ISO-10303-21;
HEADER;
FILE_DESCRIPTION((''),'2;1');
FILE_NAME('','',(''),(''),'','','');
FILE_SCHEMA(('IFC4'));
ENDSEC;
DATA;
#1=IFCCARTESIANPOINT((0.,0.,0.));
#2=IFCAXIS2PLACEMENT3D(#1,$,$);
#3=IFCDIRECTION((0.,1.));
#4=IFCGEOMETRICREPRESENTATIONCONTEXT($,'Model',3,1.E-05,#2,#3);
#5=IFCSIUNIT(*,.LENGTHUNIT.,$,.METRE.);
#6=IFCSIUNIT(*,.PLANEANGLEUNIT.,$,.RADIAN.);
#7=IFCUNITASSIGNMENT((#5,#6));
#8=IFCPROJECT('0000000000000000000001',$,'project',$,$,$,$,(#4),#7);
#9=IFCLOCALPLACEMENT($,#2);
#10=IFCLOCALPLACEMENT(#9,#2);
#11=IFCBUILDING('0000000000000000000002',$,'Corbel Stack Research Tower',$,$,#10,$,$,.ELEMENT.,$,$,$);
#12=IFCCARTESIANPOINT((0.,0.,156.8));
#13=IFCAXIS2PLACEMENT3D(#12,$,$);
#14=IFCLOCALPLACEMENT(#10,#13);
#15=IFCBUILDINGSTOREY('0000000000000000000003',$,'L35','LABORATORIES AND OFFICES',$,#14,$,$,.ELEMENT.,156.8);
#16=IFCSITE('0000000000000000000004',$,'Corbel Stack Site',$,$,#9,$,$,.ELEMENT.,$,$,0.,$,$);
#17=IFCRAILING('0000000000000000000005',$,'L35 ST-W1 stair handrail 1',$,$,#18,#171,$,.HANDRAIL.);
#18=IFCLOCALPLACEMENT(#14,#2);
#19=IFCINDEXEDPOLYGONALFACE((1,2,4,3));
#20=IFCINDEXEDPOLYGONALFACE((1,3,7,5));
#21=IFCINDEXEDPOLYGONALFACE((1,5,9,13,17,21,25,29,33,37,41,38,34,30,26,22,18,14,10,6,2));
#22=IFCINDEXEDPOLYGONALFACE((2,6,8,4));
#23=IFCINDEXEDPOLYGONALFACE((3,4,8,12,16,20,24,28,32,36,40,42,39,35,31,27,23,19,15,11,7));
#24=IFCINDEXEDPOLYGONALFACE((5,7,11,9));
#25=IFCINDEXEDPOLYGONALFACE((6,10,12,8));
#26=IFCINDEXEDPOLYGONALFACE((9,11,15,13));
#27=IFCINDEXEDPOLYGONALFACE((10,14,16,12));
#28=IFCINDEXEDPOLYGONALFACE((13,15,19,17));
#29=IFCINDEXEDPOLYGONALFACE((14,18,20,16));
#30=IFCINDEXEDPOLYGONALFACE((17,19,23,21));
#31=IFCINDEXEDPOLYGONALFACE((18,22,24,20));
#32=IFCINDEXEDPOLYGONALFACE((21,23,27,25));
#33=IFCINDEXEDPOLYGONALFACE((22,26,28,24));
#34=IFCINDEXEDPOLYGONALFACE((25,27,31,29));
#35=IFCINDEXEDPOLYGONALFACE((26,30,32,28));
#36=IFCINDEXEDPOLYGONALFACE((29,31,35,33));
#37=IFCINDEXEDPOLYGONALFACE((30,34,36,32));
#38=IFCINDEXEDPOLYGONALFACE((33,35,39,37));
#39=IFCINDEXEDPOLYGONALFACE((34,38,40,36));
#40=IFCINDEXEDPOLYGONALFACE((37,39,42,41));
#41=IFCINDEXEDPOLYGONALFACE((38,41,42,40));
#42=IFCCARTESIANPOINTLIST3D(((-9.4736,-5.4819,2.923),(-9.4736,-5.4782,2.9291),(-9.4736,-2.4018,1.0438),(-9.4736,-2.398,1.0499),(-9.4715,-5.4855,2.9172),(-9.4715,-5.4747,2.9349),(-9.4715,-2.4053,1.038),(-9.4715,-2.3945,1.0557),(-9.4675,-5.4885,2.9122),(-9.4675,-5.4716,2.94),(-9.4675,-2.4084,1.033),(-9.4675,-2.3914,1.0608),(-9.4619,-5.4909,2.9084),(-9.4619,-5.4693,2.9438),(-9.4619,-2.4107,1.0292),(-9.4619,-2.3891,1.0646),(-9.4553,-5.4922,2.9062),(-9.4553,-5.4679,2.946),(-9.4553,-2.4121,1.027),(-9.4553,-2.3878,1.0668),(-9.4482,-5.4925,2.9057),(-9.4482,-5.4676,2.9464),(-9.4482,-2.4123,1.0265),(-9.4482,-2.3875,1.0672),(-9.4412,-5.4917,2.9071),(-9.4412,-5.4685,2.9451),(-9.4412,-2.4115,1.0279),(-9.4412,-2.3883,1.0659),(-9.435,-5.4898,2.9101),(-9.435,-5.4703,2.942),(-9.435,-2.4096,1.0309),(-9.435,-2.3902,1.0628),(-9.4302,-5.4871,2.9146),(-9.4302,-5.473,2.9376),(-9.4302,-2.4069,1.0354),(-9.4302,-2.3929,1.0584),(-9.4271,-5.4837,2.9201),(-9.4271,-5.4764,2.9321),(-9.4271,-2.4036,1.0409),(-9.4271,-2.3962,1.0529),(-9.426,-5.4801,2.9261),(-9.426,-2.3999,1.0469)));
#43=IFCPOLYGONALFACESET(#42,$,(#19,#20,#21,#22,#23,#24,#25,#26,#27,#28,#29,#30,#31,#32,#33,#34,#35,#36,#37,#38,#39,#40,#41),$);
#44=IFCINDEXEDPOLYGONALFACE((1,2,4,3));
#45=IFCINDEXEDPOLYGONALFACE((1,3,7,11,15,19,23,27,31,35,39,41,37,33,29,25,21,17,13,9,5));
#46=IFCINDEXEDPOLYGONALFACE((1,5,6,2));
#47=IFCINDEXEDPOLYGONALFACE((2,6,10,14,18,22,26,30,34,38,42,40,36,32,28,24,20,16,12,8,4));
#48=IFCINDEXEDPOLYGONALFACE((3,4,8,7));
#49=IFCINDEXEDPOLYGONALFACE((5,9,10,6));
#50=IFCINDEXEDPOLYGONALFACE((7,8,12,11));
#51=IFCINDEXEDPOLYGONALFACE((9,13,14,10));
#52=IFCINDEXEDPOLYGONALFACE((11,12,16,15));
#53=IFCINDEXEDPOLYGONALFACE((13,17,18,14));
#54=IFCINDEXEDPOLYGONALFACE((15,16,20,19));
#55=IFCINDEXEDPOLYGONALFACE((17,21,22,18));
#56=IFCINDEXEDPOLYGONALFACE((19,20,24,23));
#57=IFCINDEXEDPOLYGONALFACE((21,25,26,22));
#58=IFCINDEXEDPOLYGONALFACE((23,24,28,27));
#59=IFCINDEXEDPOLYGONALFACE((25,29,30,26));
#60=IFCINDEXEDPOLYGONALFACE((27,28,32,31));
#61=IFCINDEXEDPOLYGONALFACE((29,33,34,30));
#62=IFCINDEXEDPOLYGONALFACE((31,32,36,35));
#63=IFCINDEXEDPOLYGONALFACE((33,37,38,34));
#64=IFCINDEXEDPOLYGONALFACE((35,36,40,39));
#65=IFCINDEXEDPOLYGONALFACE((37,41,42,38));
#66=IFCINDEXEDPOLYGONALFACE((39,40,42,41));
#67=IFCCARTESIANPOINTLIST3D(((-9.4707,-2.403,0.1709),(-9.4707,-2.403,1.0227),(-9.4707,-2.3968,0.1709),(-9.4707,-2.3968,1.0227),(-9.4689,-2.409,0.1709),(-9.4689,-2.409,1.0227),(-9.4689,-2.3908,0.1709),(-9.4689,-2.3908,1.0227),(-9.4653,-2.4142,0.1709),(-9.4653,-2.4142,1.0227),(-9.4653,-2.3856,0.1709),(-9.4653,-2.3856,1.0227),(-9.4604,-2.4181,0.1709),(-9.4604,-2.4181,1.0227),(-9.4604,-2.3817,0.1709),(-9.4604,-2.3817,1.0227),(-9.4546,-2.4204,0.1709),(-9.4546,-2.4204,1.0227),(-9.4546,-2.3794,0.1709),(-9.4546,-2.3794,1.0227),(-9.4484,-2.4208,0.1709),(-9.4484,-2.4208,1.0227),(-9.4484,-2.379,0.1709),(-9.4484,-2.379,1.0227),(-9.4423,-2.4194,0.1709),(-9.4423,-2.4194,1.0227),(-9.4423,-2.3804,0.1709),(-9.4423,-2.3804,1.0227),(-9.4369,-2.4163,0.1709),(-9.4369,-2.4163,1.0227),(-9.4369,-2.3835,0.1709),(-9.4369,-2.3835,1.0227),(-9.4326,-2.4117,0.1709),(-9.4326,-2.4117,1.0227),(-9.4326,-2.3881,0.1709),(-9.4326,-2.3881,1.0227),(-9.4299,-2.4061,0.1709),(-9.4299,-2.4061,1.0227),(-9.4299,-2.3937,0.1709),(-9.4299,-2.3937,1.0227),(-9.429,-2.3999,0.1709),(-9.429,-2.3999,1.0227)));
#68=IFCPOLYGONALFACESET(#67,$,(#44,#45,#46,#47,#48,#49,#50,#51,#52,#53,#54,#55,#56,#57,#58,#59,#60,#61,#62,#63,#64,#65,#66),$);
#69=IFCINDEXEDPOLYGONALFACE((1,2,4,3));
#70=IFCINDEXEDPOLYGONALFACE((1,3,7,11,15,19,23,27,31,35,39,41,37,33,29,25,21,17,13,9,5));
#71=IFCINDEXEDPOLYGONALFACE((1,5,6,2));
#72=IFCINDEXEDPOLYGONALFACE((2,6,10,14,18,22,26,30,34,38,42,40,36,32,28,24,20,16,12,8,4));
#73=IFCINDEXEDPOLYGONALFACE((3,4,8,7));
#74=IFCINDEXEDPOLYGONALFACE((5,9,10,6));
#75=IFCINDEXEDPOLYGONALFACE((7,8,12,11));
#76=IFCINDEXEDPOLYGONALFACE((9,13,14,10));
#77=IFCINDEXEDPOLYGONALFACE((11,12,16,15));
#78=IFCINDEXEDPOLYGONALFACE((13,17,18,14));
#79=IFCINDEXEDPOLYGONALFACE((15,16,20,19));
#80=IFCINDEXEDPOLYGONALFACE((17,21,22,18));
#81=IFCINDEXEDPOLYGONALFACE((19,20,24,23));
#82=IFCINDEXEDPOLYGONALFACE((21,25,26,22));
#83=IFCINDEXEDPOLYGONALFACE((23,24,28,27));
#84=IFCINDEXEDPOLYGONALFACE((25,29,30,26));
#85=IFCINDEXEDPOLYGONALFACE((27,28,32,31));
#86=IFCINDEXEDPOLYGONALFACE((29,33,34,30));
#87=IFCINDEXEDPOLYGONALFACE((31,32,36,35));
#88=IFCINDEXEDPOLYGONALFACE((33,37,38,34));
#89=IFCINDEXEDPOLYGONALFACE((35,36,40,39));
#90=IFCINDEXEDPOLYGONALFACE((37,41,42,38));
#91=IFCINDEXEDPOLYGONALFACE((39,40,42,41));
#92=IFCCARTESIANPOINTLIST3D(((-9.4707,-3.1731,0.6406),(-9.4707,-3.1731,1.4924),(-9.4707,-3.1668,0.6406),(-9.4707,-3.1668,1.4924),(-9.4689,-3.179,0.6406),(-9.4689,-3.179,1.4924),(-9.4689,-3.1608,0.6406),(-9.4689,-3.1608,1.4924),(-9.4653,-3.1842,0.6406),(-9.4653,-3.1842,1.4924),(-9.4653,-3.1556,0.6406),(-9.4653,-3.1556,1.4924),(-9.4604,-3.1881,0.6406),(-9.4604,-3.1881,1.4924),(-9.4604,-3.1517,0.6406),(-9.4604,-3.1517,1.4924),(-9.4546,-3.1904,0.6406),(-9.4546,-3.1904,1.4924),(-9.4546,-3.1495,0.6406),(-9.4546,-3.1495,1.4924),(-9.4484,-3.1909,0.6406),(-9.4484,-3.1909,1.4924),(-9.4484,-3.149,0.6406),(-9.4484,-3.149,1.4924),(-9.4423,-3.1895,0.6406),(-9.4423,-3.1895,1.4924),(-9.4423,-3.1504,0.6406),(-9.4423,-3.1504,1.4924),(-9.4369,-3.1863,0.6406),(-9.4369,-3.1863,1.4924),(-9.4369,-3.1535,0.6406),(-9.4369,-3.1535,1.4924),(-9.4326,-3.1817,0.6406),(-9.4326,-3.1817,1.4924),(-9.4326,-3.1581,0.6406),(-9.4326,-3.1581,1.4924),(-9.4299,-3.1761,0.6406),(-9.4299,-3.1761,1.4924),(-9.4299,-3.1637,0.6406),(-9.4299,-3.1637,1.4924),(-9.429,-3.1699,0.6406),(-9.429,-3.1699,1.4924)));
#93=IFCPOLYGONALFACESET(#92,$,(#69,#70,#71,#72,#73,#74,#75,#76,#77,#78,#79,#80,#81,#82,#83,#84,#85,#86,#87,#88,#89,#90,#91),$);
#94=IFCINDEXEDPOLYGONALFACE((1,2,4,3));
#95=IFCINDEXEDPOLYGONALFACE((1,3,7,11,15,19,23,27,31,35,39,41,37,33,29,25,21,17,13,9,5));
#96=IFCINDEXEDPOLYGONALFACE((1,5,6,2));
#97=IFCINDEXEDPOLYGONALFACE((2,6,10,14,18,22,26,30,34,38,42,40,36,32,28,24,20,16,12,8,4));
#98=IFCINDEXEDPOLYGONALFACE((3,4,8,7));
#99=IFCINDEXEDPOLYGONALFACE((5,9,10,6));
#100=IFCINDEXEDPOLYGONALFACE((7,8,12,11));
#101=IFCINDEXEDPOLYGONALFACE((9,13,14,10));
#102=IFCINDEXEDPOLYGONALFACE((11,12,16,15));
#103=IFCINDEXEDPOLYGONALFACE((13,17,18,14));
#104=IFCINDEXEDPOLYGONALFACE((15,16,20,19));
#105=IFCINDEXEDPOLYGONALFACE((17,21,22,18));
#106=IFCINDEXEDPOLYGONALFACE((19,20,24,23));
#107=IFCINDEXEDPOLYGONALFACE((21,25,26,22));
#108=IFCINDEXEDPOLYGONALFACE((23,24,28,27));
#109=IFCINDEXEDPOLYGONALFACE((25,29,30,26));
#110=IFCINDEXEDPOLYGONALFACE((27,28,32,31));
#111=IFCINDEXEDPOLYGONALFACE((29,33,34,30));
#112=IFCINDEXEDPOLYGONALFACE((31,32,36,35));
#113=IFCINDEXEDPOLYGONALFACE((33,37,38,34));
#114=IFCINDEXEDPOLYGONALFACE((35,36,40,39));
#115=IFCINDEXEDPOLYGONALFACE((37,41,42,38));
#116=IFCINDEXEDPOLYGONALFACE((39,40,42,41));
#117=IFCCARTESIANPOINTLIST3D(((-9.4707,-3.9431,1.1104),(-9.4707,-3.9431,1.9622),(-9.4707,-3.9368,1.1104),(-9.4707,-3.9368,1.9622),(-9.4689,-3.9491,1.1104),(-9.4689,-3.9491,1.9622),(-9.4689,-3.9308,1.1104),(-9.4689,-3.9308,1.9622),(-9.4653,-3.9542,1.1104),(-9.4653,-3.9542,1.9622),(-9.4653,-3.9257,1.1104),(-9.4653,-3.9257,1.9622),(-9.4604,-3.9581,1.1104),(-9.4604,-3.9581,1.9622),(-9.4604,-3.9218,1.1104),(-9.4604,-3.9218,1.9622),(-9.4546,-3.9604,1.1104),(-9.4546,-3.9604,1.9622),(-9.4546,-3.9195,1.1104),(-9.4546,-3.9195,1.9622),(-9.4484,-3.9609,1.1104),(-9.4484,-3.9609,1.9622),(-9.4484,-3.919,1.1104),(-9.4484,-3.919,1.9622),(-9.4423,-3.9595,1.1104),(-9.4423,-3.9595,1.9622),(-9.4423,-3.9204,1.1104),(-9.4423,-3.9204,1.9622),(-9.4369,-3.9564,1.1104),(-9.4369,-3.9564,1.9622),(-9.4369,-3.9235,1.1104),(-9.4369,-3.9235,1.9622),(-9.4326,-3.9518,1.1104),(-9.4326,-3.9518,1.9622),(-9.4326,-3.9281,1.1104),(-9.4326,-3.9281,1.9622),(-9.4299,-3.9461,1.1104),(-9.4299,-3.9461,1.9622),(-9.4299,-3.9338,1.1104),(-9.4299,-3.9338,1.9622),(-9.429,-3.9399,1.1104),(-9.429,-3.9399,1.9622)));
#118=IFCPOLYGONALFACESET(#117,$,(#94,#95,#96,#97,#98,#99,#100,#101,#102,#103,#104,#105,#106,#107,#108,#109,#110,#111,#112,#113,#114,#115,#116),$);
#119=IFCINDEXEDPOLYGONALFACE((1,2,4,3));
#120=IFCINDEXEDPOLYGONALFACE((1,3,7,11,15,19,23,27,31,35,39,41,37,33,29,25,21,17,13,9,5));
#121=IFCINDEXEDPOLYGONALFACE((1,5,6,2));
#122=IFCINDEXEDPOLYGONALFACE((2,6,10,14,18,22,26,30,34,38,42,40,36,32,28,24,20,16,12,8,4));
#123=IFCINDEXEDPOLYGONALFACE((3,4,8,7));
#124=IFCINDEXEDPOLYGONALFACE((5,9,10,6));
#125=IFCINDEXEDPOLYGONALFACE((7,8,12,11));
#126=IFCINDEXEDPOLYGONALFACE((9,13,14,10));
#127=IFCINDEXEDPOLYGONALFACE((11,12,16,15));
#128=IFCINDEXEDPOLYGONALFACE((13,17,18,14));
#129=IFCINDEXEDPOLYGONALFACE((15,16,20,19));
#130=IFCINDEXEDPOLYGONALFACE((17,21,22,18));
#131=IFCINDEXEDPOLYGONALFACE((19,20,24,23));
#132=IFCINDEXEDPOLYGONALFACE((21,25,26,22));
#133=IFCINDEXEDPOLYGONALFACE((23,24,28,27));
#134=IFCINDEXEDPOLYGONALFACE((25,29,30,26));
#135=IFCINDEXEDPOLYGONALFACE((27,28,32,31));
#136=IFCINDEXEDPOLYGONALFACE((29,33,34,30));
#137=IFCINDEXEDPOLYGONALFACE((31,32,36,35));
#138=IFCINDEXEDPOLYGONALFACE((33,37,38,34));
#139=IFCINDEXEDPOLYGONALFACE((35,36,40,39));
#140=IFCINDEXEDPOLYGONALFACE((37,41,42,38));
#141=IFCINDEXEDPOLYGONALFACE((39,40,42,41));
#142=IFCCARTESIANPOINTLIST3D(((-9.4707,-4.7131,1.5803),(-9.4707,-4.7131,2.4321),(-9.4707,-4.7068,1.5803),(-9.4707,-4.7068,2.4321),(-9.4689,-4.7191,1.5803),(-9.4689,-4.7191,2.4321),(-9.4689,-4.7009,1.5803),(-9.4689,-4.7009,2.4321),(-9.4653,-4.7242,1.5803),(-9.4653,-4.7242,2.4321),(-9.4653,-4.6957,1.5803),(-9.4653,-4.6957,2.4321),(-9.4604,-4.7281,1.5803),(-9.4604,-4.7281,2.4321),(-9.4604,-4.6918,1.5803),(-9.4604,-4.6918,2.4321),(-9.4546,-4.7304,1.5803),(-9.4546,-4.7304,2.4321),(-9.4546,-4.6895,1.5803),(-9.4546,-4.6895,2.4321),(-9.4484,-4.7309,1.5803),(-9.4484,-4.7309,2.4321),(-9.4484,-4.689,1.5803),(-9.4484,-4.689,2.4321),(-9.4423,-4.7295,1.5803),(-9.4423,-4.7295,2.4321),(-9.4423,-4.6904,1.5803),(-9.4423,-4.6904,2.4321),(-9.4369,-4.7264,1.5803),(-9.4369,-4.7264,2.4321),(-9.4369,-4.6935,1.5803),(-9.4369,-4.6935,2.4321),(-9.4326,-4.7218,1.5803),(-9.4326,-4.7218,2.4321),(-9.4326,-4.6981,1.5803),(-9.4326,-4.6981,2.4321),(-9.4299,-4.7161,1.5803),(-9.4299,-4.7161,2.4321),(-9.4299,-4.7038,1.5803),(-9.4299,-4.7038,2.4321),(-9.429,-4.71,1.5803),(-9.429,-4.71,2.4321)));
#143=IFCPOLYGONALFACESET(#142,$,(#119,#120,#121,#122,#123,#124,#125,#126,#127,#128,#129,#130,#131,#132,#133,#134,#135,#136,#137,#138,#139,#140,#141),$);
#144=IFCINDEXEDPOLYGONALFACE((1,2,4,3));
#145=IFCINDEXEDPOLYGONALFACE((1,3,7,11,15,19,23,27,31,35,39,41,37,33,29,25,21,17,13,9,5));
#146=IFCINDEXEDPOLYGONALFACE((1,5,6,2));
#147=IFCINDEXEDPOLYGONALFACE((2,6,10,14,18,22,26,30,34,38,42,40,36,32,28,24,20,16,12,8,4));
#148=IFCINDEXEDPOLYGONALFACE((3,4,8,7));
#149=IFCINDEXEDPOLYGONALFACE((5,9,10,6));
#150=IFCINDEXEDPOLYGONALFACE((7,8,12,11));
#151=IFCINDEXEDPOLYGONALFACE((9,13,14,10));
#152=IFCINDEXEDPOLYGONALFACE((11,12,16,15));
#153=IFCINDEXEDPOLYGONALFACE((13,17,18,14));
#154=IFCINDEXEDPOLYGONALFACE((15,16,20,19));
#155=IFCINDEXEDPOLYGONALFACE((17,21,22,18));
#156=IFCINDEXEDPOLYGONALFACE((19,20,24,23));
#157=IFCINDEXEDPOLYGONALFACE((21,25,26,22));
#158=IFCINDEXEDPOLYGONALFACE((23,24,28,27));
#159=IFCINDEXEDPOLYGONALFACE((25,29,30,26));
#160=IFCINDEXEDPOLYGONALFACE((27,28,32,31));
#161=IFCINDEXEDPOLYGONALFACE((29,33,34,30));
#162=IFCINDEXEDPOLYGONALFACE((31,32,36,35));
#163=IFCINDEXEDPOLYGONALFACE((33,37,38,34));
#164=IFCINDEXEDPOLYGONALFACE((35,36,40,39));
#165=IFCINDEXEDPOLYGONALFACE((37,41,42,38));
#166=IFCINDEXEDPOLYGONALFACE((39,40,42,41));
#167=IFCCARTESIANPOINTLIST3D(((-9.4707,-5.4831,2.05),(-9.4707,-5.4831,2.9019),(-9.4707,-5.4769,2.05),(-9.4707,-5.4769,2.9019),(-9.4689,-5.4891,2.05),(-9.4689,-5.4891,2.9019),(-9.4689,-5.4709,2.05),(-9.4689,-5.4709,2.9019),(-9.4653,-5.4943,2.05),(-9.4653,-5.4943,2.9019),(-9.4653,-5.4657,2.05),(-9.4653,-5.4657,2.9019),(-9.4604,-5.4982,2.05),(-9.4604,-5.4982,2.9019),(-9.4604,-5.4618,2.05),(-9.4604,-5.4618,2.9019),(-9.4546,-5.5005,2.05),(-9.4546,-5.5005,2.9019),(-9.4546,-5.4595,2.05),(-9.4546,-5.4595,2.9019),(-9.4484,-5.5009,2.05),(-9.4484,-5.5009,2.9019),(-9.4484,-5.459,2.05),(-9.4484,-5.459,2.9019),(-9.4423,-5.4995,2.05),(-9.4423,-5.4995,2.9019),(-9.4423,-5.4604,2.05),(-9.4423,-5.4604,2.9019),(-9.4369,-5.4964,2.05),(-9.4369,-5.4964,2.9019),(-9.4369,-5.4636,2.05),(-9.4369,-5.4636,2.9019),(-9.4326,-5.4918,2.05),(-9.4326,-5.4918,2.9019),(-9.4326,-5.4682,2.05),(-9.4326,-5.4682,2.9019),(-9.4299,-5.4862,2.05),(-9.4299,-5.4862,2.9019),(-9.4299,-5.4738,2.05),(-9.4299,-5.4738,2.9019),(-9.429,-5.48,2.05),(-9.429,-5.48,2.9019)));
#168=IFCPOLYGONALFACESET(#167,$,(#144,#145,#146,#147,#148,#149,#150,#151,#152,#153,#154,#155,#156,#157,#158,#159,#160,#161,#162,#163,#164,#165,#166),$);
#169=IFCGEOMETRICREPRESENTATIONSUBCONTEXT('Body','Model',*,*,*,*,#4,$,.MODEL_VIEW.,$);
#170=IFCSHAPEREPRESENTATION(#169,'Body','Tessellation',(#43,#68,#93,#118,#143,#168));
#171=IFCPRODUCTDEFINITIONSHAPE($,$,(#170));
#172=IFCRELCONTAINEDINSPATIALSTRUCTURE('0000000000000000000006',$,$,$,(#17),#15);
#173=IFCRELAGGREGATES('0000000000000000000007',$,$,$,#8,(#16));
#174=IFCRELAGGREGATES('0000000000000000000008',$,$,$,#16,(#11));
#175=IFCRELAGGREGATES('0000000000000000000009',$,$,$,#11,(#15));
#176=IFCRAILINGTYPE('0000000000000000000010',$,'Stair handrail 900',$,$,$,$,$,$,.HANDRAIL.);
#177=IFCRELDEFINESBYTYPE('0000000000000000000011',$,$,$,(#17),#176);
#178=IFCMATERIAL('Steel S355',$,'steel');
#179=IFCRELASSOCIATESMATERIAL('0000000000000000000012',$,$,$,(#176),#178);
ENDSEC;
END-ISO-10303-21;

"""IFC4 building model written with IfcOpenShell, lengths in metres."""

from ifc_helpers import new_model, si_unit, direction, frame, origin, origin_2d, place, context, subcontext, project, spatial, circle, extrude, material, type_object, element, save


model = new_model("IFC4")

# Units and contexts
model_context = context("Model", 3, precision=1e-05, world=origin(), true_north=direction((0.0, 1.0)))
body_context = subcontext(model_context, "Body", "Model", "MODEL_VIEW")
ifc_project = project(units=[si_unit("LENGTHUNIT", "METRE"), si_unit("PLANEANGLEUNIT", "RADIAN")], contexts=[model_context])

# Site, building, storey
site_placement = place(None, origin())
site = spatial("IfcSite", under=ifc_project, at=site_placement, Name="Corbel Stack Site", CompositionType="ELEMENT", RefElevation=0.0)
building_placement = place(site_placement, origin())
building = spatial("IfcBuilding", under=site, at=building_placement, Name="Corbel Stack Research Tower", CompositionType="ELEMENT")
storey_placement = place(building_placement, frame((0.0, 0.0, 156.8)))
storey = spatial("IfcBuildingStorey", under=building, at=storey_placement, Name="L35", Description="LABORATORIES AND OFFICES", CompositionType="ELEMENT", Elevation=156.8)

# Railing
ifc_material_1 = material(Name="Steel S355", Category="steel")
railing_type_1 = type_object("IfcRailingType", Name="Stair handrail 900", PredefinedType="HANDRAIL", material=ifc_material_1)
railing_1_placement = place(storey_placement, frame((-9.45, -2.3999, 0.1709)))
element("IfcRailing", 1, at=railing_1_placement, inside=storey, type_object=railing_type_1, Name="L35 ST-W1 stair handrail 1", PredefinedType="HANDRAIL", context=body_context, shape_type="SweptSolid", body=[
    extrude(circle(Radius=0.0239, at=origin_2d()), frame((0.0, 0.0, 0.876), z_axis=(0.0, -0.853666, 0.52082), x_axis=(1.0, 0.0, 0.0)), (0.0, 0.0, 1.0), 3.6082),
    extrude(circle(Radius=0.021, at=origin_2d()), origin(), (0.0, 0.0, 1.0), 0.8518),
    extrude(circle(Radius=0.021, at=origin_2d()), frame((0.0, -0.77, 0.4697)), (0.0, 0.0, 1.0), 0.8518),
    extrude(circle(Radius=0.021, at=origin_2d()), frame((0.0, -1.54, 0.9395)), (0.0, 0.0, 1.0), 0.8518),
    extrude(circle(Radius=0.021, at=origin_2d()), frame((0.0, -2.3101, 1.4094)), (0.0, 0.0, 1.0), 0.8518),
    extrude(circle(Radius=0.021, at=origin_2d()), frame((0.0, -3.0801, 1.8792)), (0.0, 0.0, 1.0), 0.8518),
])

save(model, "model.ifc")
